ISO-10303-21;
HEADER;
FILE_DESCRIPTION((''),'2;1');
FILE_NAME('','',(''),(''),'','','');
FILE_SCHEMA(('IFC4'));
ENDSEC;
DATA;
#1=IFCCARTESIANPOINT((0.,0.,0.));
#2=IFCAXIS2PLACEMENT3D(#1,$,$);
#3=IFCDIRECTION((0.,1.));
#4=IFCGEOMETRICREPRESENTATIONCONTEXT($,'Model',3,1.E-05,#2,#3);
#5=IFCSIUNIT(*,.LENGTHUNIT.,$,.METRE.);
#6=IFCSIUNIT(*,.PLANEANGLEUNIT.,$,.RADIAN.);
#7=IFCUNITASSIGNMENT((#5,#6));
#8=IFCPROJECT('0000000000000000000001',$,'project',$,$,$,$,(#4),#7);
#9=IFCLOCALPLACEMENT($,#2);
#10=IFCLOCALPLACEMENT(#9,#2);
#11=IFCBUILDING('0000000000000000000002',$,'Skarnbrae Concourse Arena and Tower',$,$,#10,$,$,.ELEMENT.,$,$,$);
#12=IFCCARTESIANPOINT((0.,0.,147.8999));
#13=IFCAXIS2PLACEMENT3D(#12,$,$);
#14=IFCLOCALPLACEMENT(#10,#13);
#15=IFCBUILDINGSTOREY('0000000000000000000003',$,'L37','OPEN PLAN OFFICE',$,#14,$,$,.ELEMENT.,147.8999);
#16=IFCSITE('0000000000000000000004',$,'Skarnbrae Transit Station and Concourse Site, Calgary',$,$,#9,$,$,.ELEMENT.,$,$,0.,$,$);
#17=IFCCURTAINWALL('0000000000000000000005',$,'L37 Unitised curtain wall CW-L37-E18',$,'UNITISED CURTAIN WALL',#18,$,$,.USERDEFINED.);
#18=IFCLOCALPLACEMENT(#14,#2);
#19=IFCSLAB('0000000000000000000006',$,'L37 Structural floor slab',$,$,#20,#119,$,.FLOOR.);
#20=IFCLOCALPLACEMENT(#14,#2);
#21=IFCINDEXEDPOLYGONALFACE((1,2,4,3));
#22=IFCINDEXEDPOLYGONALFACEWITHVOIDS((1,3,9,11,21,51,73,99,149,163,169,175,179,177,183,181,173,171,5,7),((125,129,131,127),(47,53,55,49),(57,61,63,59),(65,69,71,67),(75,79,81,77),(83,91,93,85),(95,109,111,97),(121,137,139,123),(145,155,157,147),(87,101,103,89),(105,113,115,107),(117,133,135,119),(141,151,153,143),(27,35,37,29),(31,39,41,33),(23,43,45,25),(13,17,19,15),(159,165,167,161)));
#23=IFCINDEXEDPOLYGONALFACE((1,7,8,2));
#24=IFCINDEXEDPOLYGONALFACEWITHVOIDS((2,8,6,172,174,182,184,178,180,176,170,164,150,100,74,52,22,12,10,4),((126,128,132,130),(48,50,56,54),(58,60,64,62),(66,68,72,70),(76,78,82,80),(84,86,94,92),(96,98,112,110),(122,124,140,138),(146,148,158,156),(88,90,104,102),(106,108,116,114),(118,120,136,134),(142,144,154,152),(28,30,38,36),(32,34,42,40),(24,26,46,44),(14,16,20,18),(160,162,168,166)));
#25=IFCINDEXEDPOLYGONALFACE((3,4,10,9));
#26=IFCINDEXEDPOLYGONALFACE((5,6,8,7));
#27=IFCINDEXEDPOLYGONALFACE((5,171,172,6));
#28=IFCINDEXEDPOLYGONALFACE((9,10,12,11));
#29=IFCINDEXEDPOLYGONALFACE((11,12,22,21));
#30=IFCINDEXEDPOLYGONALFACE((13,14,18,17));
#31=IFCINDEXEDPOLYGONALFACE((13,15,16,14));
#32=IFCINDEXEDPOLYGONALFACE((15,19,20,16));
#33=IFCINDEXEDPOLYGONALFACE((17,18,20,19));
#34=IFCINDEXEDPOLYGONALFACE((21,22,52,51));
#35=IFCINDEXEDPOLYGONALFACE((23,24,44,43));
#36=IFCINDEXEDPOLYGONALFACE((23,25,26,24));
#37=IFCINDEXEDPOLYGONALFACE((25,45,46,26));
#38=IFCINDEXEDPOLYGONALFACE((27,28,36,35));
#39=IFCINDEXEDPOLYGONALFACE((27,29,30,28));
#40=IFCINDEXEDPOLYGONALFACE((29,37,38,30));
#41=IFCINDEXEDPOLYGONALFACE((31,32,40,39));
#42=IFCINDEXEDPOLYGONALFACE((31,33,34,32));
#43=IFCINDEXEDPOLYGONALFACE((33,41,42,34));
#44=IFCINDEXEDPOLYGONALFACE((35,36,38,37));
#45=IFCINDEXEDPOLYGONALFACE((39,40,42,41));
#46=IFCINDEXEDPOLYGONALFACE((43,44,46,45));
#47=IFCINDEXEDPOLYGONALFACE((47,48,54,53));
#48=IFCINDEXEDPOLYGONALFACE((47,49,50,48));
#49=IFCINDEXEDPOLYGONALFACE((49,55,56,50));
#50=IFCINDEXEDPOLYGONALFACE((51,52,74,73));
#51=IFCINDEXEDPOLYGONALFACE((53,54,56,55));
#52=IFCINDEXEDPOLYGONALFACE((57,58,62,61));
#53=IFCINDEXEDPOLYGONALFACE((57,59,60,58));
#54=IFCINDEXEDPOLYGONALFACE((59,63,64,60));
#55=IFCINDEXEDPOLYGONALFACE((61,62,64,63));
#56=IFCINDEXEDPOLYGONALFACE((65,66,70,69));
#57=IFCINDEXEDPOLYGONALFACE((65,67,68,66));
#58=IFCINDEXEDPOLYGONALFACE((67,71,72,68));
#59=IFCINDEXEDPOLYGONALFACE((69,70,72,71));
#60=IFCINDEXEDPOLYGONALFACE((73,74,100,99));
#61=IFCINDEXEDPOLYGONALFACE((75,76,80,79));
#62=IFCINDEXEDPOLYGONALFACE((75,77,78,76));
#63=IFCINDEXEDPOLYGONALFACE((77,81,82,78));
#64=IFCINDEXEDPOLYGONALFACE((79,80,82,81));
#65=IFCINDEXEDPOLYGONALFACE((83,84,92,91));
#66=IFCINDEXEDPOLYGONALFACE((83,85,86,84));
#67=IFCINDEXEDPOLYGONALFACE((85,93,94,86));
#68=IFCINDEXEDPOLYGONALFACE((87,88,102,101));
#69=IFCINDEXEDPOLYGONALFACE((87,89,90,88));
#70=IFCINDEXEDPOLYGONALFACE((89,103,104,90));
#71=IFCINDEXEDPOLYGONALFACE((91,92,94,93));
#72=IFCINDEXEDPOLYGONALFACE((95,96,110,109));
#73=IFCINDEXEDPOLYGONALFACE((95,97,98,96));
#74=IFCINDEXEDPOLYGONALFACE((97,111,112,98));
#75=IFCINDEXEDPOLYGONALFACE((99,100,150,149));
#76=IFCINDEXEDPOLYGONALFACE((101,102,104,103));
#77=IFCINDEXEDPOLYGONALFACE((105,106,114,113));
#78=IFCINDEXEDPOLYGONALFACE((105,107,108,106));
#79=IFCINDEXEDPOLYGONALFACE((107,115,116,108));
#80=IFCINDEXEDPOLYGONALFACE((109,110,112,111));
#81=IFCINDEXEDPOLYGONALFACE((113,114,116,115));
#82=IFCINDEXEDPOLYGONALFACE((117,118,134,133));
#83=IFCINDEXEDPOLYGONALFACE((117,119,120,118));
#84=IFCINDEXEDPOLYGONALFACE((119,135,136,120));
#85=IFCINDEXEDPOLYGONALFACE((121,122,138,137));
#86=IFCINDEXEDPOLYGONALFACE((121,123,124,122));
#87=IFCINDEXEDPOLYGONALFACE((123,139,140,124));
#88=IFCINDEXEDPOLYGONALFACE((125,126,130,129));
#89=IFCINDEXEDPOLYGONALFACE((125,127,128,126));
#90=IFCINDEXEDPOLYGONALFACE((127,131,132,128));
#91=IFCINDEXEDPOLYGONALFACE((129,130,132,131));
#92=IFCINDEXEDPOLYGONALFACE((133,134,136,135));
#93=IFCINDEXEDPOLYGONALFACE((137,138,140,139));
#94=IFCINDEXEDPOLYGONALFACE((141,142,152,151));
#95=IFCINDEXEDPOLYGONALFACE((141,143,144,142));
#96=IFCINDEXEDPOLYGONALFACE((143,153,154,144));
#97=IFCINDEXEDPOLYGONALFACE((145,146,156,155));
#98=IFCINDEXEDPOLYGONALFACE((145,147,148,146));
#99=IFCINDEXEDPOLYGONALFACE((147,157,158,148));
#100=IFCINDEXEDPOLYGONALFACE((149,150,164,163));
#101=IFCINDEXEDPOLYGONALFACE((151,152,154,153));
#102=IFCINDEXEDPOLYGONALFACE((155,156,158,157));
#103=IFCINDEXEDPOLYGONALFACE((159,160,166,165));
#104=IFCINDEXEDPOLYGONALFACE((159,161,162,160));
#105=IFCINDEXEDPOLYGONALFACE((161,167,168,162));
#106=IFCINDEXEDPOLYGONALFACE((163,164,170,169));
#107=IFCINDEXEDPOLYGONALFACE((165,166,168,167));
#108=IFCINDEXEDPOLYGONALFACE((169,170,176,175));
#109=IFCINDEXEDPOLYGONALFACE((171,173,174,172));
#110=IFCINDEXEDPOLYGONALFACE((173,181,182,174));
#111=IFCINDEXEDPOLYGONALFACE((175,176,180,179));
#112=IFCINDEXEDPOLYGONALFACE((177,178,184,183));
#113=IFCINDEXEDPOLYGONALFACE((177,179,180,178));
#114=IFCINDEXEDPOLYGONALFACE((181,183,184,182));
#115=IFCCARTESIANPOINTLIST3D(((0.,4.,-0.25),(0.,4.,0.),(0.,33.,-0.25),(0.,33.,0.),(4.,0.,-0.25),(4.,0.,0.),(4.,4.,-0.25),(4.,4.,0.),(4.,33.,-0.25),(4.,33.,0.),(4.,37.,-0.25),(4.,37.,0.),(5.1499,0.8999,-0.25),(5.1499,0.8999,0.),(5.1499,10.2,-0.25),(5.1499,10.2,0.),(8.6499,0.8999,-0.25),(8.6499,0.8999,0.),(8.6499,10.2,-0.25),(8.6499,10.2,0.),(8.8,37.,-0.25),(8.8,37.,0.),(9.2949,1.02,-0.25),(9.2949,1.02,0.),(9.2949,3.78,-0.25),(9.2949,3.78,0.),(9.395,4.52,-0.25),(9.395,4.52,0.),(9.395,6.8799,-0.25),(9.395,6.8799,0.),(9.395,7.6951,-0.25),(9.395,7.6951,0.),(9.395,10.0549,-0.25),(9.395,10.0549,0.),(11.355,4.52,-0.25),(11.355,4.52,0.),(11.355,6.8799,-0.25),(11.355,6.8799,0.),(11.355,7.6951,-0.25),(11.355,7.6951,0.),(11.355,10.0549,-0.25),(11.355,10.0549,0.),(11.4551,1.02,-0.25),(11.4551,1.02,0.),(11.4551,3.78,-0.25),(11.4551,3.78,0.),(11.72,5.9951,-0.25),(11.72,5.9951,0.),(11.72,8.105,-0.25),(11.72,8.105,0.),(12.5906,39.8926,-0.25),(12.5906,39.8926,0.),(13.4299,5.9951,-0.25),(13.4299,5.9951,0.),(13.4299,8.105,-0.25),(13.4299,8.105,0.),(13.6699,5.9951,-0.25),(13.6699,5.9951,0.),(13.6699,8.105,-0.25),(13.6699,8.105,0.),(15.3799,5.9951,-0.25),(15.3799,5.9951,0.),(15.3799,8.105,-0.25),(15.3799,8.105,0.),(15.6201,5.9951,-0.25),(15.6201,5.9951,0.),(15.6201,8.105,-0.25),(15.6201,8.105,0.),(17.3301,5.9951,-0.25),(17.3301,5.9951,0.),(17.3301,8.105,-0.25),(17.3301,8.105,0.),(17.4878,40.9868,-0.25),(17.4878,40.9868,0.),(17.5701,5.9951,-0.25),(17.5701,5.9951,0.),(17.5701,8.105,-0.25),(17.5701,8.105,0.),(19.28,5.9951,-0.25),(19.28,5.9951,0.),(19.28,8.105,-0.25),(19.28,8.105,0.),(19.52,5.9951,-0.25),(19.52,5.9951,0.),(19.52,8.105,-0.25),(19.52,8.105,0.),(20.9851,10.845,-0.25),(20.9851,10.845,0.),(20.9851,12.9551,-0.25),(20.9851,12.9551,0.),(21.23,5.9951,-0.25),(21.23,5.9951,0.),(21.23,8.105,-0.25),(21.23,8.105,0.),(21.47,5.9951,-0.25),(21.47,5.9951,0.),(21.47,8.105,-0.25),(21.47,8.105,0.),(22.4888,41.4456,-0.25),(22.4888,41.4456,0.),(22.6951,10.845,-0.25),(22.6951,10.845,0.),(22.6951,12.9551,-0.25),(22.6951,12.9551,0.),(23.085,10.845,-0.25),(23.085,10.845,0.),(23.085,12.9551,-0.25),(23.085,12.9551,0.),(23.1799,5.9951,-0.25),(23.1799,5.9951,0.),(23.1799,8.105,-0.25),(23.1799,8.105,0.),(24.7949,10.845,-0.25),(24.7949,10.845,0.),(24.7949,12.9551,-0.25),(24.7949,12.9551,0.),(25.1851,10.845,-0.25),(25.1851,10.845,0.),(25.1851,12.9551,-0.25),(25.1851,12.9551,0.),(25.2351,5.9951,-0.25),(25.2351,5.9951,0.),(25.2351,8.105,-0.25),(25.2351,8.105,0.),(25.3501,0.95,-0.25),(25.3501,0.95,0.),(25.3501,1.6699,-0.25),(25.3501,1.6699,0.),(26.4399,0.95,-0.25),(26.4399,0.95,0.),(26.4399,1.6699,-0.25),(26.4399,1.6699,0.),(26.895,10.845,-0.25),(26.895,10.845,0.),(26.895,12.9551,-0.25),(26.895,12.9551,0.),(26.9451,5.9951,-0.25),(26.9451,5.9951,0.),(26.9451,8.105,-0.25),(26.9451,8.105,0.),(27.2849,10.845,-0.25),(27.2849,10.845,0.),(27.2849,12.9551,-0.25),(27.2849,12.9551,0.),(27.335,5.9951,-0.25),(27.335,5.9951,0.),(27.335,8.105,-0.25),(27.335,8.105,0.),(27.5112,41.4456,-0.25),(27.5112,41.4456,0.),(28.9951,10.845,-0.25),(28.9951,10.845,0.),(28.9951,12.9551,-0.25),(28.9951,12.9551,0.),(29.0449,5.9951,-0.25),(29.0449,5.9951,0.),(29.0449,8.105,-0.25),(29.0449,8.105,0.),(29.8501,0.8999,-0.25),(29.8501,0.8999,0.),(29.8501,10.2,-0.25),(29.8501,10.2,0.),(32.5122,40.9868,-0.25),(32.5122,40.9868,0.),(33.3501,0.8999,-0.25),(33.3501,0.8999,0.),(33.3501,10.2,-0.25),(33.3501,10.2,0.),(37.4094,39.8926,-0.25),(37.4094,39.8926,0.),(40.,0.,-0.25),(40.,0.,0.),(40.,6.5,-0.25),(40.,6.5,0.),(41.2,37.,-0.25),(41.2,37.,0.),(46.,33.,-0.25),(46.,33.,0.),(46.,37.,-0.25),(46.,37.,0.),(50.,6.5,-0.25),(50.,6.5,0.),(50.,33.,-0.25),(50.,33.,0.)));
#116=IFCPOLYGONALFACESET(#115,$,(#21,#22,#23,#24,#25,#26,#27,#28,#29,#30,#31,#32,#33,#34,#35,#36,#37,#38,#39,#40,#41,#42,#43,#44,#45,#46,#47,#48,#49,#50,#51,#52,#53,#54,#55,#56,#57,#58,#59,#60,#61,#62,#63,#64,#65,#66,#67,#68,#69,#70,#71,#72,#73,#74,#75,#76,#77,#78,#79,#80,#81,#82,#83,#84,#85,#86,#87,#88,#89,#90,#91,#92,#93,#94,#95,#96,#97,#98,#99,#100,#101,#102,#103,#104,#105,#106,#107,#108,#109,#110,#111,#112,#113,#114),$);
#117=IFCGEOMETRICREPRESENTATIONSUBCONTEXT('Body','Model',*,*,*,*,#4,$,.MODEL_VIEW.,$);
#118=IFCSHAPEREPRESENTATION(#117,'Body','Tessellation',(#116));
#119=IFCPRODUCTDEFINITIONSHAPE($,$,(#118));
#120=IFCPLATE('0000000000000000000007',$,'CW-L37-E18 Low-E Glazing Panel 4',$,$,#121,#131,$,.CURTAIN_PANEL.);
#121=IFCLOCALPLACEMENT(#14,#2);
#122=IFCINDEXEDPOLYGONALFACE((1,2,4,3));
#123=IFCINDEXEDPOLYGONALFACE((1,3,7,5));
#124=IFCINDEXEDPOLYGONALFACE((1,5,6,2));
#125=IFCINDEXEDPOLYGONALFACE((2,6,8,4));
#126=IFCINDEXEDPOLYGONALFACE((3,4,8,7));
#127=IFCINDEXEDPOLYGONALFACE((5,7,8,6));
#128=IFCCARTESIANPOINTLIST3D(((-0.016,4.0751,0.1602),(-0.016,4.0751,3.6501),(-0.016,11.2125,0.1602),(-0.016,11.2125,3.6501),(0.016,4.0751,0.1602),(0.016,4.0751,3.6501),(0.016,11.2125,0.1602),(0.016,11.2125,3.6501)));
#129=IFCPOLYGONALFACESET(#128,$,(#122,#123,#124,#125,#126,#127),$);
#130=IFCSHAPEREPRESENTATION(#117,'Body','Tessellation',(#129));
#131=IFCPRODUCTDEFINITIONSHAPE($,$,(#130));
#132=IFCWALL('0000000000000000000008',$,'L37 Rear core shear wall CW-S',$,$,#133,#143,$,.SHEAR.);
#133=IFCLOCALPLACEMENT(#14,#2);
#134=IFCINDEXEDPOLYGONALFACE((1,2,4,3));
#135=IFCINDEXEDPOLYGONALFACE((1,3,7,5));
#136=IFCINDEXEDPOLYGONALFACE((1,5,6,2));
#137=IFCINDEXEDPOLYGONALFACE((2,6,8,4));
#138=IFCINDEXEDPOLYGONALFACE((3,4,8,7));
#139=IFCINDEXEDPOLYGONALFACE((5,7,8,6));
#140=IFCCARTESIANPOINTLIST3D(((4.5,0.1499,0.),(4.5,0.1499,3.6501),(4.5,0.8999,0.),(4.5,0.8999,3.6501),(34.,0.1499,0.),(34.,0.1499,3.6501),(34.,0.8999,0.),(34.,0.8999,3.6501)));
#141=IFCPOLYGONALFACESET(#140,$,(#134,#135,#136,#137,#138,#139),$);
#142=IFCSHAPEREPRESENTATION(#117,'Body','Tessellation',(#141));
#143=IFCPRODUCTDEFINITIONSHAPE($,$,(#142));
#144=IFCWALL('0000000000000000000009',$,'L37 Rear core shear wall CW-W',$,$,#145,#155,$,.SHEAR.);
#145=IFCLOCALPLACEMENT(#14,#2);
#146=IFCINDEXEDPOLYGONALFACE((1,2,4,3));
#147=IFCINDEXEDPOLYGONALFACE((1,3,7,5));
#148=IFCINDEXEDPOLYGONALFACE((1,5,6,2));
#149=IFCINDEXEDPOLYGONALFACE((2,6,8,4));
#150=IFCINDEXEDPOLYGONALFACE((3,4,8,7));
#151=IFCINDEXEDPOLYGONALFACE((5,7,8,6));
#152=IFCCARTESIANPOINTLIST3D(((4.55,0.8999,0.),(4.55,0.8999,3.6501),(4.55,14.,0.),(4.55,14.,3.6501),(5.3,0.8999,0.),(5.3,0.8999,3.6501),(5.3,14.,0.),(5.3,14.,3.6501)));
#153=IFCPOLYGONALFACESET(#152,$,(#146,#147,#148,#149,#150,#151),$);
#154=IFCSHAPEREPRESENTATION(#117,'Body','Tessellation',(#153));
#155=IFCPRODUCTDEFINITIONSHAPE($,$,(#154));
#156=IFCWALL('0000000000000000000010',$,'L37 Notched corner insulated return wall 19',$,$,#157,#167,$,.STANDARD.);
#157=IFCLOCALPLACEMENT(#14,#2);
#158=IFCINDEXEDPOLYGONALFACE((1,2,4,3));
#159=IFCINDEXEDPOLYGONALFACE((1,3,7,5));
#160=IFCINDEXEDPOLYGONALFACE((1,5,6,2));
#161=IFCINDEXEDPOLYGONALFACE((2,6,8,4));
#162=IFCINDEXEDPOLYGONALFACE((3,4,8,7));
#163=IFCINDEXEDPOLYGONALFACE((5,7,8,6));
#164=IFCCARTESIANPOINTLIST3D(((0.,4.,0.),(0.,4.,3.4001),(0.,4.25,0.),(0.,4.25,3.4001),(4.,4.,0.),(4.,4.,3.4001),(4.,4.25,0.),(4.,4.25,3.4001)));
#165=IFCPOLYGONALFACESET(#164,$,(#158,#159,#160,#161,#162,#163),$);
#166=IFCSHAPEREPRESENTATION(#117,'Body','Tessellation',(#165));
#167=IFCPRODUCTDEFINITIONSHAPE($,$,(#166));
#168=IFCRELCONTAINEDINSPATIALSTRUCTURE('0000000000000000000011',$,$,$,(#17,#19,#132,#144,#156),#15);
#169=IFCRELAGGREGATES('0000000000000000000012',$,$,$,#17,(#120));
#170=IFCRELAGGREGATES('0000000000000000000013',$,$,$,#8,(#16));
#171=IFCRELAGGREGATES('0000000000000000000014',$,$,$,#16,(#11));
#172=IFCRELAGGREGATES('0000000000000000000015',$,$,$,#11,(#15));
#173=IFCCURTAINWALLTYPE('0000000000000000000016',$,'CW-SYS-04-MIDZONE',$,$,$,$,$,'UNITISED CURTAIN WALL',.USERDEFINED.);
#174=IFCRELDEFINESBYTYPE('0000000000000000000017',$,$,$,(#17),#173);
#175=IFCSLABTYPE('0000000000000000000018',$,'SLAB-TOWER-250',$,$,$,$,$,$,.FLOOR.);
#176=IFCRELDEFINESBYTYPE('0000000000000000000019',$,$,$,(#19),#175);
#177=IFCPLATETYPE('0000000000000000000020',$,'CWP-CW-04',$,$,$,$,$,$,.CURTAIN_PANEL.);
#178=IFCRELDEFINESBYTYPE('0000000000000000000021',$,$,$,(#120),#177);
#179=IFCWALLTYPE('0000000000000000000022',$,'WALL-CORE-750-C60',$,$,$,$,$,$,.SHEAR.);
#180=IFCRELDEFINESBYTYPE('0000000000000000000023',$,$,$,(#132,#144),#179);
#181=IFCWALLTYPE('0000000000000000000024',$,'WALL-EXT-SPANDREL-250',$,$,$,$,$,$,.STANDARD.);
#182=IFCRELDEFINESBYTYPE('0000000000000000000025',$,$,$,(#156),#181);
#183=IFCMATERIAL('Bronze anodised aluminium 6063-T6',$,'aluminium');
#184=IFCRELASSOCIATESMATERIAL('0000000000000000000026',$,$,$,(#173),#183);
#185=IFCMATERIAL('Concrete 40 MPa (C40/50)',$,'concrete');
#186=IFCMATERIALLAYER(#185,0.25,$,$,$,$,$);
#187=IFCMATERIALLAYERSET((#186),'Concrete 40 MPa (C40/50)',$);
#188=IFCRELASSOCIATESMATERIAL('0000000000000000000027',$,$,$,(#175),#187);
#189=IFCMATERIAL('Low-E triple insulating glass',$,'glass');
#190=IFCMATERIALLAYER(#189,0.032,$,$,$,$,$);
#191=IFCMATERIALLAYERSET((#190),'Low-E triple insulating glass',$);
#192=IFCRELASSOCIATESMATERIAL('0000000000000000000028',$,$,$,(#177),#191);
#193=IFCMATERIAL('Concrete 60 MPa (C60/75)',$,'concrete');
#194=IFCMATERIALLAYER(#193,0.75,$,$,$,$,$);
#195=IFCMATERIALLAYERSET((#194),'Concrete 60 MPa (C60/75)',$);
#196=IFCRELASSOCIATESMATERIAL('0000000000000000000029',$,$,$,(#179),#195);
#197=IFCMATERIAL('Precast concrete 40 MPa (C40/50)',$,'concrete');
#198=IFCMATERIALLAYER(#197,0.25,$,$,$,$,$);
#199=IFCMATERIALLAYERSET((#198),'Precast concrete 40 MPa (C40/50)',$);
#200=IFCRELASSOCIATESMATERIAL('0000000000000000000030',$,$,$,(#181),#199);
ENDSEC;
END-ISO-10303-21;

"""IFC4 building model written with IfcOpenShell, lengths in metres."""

from ifc_helpers import new_model, si_unit, direction, frame, frame_2d, origin, origin_2d, place, context, subcontext, project, spatial, polyline, rectangle, outline, extrude, source, transform, mapped, material, layer, layer_set, type_object, element, aggregate, save


model = new_model("IFC4")

# Units and contexts
model_context = context("Model", 3, precision=1e-05, world=origin(), true_north=direction((0.0, 1.0)))
body_context = subcontext(model_context, "Body", "Model", "MODEL_VIEW")
ifc_project = project(units=[si_unit("LENGTHUNIT", "METRE"), si_unit("PLANEANGLEUNIT", "RADIAN")], contexts=[model_context])

# Site, building, storey
site_placement = place(None, origin())
site = spatial("IfcSite", under=ifc_project, at=site_placement, Name="Skarnbrae Transit Station and Concourse Site, Calgary", CompositionType="ELEMENT", RefElevation=0.0)
building_placement = place(site_placement, origin())
building = spatial("IfcBuilding", under=site, at=building_placement, Name="Skarnbrae Concourse Arena and Tower", CompositionType="ELEMENT")
storey_placement = place(building_placement, frame((0.0, 0.0, 147.8999)))
storey = spatial("IfcBuildingStorey", under=building, at=storey_placement, Name="L37", Description="OPEN PLAN OFFICE", CompositionType="ELEMENT", Elevation=147.8999)

# Curtain wall
ifc_material_1 = material(Name="Bronze anodised aluminium 6063-T6", Category="aluminium")
curtain_wall_type = type_object("IfcCurtainWallType", Name="CW-SYS-04-MIDZONE", ElementType="UNITISED CURTAIN WALL", PredefinedType="USERDEFINED", material=ifc_material_1)
curtain_wall_placement = place(storey_placement, origin())
curtain_wall = element("IfcCurtainWall", 1, at=curtain_wall_placement, inside=storey, type_object=curtain_wall_type, Name="L37 Unitised curtain wall CW-L37-E18", ObjectType="UNITISED CURTAIN WALL", PredefinedType="USERDEFINED")

# Shared definitions
ifc_material_2 = material(Name="Concrete 40 MPa (C40/50)", Category="concrete")

# Slab
ifc_layer_1 = layer(ifc_material_2, 0.25)
ifc_layer_set_1 = layer_set([ifc_layer_1], Name="Concrete 40 MPa (C40/50)")
slab_type_1 = type_object("IfcSlabType", Name="SLAB-TOWER-250", PredefinedType="FLOOR", material=ifc_layer_set_1)
slab_1_placement = place(storey_placement, frame((0.0, 0.0, -0.25)))
element("IfcSlab", 2, at=slab_1_placement, inside=storey, type_object=slab_type_1, Name="L37 Structural floor slab", PredefinedType="FLOOR", context=body_context, shape_type="SweptSolid", body=[
    extrude(outline(polyline([(4.0, 0.0), (40.0, 0.0), (40.0, 6.5), (50.0, 6.5), (50.0, 33.0), (46.0, 33.0), (46.0, 37.0), (41.2, 37.0), (37.4094, 39.8926), (32.5122, 40.9868), (27.5112, 41.4456), (22.4888, 41.4456), (17.4878, 40.9868), (12.5906, 39.8926), (8.8, 37.0), (4.0, 37.0), (4.0, 33.0), (0.0, 33.0), (0.0, 4.0), (4.0, 4.0), (4.0, 0.0)]), holes=[polyline([(9.2949, 3.78), (11.4551, 3.78), (11.4551, 1.02), (9.2949, 1.02), (9.2949, 3.78)]), polyline([(8.6499, 10.2), (8.6499, 0.8999), (5.1499, 0.8999), (5.1499, 10.2), (8.6499, 10.2)]), polyline([(9.395, 6.8799), (11.355, 6.8799), (11.355, 4.52), (9.395, 4.52), (9.395, 6.8799)]), polyline([(11.72, 8.105), (13.4299, 8.105), (13.4299, 5.9951), (11.72, 5.9951), (11.72, 8.105)]), polyline([(13.6699, 8.105), (15.3799, 8.105), (15.3799, 5.9951), (13.6699, 5.9951), (13.6699, 8.105)]), polyline([(15.6201, 8.105), (17.3301, 8.105), (17.3301, 5.9951), (15.6201, 5.9951), (15.6201, 8.105)]), polyline([(17.5701, 8.105), (19.28, 8.105), (19.28, 5.9951), (17.5701, 5.9951), (17.5701, 8.105)]), polyline([(21.23, 8.105), (21.23, 5.9951), (19.52, 5.9951), (19.52, 8.105), (21.23, 8.105)]), polyline([(11.355, 10.0549), (11.355, 7.6951), (9.395, 7.6951), (9.395, 10.0549), (11.355, 10.0549)]), polyline([(25.3501, 1.6699), (26.4399, 1.6699), (26.4399, 0.95), (25.3501, 0.95), (25.3501, 1.6699)]), polyline([(33.3501, 10.2), (33.3501, 0.8999), (29.8501, 0.8999), (29.8501, 10.2), (33.3501, 10.2)]), polyline([(21.47, 8.105), (23.1799, 8.105), (23.1799, 5.9951), (21.47, 5.9951), (21.47, 8.105)]), polyline([(25.2351, 8.105), (26.9451, 8.105), (26.9451, 5.9951), (25.2351, 5.9951), (25.2351, 8.105)]), polyline([(27.335, 8.105), (29.0449, 8.105), (29.0449, 5.9951), (27.335, 5.9951), (27.335, 8.105)]), polyline([(20.9851, 12.9551), (22.6951, 12.9551), (22.6951, 10.845), (20.9851, 10.845), (20.9851, 12.9551)]), polyline([(23.085, 12.9551), (24.7949, 12.9551), (24.7949, 10.845), (23.085, 10.845), (23.085, 12.9551)]), polyline([(26.895, 12.9551), (26.895, 10.845), (25.1851, 10.845), (25.1851, 12.9551), (26.895, 12.9551)]), polyline([(28.9951, 12.9551), (28.9951, 10.845), (27.2849, 10.845), (27.2849, 12.9551), (28.9951, 12.9551)])]), origin(), (0.0, 0.0, 1.0), 0.25),
])

# Plate
ifc_material_3 = material(Name="Low-E triple insulating glass", Category="glass")
ifc_layer_2 = layer(ifc_material_3, 0.032)
ifc_layer_set_2 = layer_set([ifc_layer_2], Name="Low-E triple insulating glass")
plate_type = type_object("IfcPlateType", Name="CWP-CW-04", PredefinedType="CURTAIN_PANEL", material=ifc_layer_set_2)
shared_shape_1 = source(origin(), body_context, "Body", "SweptSolid", [
    extrude(rectangle(XDim=7.1375, YDim=0.032, at=origin_2d()), origin(), (0.0, 0.0, 1.0), 3.49),
])
plate_placement = place(storey_placement, frame((0.0, 7.6438, 0.1602), z_axis=(0.0, 0.0, 1.0), x_axis=(0.0, -1.0, 0.0)))
plate = element("IfcPlate", 3, at=plate_placement, type_object=plate_type, Name="CW-L37-E18 Low-E Glazing Panel 4", PredefinedType="CURTAIN_PANEL", context=body_context, shape_type="MappedRepresentation", body=[
    mapped(shared_shape_1, transform((0.0, 0.0, 0.0))),
])
aggregate(curtain_wall, [plate])

# Walls
ifc_material_4 = material(Name="Concrete 60 MPa (C60/75)", Category="concrete")
ifc_layer_3 = layer(ifc_material_4, 0.75)
ifc_layer_set_3 = layer_set([ifc_layer_3], Name="Concrete 60 MPa (C60/75)")
wall_type_1 = type_object("IfcWallType", Name="WALL-CORE-750-C60", PredefinedType="SHEAR", material=ifc_layer_set_3)
shared_shape_2 = source(origin(), body_context, "Body", "SweptSolid", [
    extrude(rectangle(XDim=29.5, YDim=0.75, at=frame_2d((14.75, 0.0))), origin(), (0.0, 0.0, 1.0), 3.6501),
])
wall_1_placement = place(storey_placement, frame((4.5, 0.5249, 0.0), z_axis=(0.0, 0.0, 1.0), x_axis=(1.0, 0.0, 0.0)))
element("IfcWall", 4, at=wall_1_placement, inside=storey, type_object=wall_type_1, Name="L37 Rear core shear wall CW-S", PredefinedType="SHEAR", context=body_context, shape_type="MappedRepresentation", body=[
    mapped(shared_shape_2, transform((0.0, 0.0, 0.0))),
])
shared_shape_3 = source(origin(), body_context, "Body", "SweptSolid", [
    extrude(rectangle(XDim=13.1001, YDim=0.75, at=frame_2d((6.55, 0.0))), origin(), (0.0, 0.0, 1.0), 3.6501),
])
wall_2_placement = place(storey_placement, frame((4.925, 0.8999, 0.0), z_axis=(0.0, 0.0, 1.0), x_axis=(0.0, 1.0, 0.0)))
element("IfcWall", 5, at=wall_2_placement, inside=storey, type_object=wall_type_1, Name="L37 Rear core shear wall CW-W", PredefinedType="SHEAR", context=body_context, shape_type="MappedRepresentation", body=[
    mapped(shared_shape_3, transform((0.0, 0.0, 0.0))),
])
ifc_material_5 = material(Name="Precast concrete 40 MPa (C40/50)", Category="concrete")
ifc_layer_4 = layer(ifc_material_5, 0.25)
ifc_layer_set_4 = layer_set([ifc_layer_4], Name="Precast concrete 40 MPa (C40/50)")
wall_type_2 = type_object("IfcWallType", Name="WALL-EXT-SPANDREL-250", PredefinedType="STANDARD", material=ifc_layer_set_4)
shared_shape_4 = source(origin(), body_context, "Body", "SweptSolid", [
    extrude(rectangle(XDim=4.0, YDim=0.25, at=frame_2d((2.0, 0.0))), origin(), (0.0, 0.0, 1.0), 3.4001),
])
for number, where, z_axis, x_axis, name in (
    (6, (0.0, 4.125, 0.0), (0.0, 0.0, 1.0), (1.0, 0.0, 0.0), "L37 Notched corner insulated return wall 19"),
):
    element("IfcWall", number, at=place(storey_placement, frame(where, z_axis=z_axis, x_axis=x_axis)), inside=storey, type_object=wall_type_2, Name=name, PredefinedType="STANDARD", context=body_context, shape_type="MappedRepresentation", body=[
        mapped(shared_shape_4, transform((0.0, 0.0, 0.0))),
    ])

save(model, "model.ifc")
